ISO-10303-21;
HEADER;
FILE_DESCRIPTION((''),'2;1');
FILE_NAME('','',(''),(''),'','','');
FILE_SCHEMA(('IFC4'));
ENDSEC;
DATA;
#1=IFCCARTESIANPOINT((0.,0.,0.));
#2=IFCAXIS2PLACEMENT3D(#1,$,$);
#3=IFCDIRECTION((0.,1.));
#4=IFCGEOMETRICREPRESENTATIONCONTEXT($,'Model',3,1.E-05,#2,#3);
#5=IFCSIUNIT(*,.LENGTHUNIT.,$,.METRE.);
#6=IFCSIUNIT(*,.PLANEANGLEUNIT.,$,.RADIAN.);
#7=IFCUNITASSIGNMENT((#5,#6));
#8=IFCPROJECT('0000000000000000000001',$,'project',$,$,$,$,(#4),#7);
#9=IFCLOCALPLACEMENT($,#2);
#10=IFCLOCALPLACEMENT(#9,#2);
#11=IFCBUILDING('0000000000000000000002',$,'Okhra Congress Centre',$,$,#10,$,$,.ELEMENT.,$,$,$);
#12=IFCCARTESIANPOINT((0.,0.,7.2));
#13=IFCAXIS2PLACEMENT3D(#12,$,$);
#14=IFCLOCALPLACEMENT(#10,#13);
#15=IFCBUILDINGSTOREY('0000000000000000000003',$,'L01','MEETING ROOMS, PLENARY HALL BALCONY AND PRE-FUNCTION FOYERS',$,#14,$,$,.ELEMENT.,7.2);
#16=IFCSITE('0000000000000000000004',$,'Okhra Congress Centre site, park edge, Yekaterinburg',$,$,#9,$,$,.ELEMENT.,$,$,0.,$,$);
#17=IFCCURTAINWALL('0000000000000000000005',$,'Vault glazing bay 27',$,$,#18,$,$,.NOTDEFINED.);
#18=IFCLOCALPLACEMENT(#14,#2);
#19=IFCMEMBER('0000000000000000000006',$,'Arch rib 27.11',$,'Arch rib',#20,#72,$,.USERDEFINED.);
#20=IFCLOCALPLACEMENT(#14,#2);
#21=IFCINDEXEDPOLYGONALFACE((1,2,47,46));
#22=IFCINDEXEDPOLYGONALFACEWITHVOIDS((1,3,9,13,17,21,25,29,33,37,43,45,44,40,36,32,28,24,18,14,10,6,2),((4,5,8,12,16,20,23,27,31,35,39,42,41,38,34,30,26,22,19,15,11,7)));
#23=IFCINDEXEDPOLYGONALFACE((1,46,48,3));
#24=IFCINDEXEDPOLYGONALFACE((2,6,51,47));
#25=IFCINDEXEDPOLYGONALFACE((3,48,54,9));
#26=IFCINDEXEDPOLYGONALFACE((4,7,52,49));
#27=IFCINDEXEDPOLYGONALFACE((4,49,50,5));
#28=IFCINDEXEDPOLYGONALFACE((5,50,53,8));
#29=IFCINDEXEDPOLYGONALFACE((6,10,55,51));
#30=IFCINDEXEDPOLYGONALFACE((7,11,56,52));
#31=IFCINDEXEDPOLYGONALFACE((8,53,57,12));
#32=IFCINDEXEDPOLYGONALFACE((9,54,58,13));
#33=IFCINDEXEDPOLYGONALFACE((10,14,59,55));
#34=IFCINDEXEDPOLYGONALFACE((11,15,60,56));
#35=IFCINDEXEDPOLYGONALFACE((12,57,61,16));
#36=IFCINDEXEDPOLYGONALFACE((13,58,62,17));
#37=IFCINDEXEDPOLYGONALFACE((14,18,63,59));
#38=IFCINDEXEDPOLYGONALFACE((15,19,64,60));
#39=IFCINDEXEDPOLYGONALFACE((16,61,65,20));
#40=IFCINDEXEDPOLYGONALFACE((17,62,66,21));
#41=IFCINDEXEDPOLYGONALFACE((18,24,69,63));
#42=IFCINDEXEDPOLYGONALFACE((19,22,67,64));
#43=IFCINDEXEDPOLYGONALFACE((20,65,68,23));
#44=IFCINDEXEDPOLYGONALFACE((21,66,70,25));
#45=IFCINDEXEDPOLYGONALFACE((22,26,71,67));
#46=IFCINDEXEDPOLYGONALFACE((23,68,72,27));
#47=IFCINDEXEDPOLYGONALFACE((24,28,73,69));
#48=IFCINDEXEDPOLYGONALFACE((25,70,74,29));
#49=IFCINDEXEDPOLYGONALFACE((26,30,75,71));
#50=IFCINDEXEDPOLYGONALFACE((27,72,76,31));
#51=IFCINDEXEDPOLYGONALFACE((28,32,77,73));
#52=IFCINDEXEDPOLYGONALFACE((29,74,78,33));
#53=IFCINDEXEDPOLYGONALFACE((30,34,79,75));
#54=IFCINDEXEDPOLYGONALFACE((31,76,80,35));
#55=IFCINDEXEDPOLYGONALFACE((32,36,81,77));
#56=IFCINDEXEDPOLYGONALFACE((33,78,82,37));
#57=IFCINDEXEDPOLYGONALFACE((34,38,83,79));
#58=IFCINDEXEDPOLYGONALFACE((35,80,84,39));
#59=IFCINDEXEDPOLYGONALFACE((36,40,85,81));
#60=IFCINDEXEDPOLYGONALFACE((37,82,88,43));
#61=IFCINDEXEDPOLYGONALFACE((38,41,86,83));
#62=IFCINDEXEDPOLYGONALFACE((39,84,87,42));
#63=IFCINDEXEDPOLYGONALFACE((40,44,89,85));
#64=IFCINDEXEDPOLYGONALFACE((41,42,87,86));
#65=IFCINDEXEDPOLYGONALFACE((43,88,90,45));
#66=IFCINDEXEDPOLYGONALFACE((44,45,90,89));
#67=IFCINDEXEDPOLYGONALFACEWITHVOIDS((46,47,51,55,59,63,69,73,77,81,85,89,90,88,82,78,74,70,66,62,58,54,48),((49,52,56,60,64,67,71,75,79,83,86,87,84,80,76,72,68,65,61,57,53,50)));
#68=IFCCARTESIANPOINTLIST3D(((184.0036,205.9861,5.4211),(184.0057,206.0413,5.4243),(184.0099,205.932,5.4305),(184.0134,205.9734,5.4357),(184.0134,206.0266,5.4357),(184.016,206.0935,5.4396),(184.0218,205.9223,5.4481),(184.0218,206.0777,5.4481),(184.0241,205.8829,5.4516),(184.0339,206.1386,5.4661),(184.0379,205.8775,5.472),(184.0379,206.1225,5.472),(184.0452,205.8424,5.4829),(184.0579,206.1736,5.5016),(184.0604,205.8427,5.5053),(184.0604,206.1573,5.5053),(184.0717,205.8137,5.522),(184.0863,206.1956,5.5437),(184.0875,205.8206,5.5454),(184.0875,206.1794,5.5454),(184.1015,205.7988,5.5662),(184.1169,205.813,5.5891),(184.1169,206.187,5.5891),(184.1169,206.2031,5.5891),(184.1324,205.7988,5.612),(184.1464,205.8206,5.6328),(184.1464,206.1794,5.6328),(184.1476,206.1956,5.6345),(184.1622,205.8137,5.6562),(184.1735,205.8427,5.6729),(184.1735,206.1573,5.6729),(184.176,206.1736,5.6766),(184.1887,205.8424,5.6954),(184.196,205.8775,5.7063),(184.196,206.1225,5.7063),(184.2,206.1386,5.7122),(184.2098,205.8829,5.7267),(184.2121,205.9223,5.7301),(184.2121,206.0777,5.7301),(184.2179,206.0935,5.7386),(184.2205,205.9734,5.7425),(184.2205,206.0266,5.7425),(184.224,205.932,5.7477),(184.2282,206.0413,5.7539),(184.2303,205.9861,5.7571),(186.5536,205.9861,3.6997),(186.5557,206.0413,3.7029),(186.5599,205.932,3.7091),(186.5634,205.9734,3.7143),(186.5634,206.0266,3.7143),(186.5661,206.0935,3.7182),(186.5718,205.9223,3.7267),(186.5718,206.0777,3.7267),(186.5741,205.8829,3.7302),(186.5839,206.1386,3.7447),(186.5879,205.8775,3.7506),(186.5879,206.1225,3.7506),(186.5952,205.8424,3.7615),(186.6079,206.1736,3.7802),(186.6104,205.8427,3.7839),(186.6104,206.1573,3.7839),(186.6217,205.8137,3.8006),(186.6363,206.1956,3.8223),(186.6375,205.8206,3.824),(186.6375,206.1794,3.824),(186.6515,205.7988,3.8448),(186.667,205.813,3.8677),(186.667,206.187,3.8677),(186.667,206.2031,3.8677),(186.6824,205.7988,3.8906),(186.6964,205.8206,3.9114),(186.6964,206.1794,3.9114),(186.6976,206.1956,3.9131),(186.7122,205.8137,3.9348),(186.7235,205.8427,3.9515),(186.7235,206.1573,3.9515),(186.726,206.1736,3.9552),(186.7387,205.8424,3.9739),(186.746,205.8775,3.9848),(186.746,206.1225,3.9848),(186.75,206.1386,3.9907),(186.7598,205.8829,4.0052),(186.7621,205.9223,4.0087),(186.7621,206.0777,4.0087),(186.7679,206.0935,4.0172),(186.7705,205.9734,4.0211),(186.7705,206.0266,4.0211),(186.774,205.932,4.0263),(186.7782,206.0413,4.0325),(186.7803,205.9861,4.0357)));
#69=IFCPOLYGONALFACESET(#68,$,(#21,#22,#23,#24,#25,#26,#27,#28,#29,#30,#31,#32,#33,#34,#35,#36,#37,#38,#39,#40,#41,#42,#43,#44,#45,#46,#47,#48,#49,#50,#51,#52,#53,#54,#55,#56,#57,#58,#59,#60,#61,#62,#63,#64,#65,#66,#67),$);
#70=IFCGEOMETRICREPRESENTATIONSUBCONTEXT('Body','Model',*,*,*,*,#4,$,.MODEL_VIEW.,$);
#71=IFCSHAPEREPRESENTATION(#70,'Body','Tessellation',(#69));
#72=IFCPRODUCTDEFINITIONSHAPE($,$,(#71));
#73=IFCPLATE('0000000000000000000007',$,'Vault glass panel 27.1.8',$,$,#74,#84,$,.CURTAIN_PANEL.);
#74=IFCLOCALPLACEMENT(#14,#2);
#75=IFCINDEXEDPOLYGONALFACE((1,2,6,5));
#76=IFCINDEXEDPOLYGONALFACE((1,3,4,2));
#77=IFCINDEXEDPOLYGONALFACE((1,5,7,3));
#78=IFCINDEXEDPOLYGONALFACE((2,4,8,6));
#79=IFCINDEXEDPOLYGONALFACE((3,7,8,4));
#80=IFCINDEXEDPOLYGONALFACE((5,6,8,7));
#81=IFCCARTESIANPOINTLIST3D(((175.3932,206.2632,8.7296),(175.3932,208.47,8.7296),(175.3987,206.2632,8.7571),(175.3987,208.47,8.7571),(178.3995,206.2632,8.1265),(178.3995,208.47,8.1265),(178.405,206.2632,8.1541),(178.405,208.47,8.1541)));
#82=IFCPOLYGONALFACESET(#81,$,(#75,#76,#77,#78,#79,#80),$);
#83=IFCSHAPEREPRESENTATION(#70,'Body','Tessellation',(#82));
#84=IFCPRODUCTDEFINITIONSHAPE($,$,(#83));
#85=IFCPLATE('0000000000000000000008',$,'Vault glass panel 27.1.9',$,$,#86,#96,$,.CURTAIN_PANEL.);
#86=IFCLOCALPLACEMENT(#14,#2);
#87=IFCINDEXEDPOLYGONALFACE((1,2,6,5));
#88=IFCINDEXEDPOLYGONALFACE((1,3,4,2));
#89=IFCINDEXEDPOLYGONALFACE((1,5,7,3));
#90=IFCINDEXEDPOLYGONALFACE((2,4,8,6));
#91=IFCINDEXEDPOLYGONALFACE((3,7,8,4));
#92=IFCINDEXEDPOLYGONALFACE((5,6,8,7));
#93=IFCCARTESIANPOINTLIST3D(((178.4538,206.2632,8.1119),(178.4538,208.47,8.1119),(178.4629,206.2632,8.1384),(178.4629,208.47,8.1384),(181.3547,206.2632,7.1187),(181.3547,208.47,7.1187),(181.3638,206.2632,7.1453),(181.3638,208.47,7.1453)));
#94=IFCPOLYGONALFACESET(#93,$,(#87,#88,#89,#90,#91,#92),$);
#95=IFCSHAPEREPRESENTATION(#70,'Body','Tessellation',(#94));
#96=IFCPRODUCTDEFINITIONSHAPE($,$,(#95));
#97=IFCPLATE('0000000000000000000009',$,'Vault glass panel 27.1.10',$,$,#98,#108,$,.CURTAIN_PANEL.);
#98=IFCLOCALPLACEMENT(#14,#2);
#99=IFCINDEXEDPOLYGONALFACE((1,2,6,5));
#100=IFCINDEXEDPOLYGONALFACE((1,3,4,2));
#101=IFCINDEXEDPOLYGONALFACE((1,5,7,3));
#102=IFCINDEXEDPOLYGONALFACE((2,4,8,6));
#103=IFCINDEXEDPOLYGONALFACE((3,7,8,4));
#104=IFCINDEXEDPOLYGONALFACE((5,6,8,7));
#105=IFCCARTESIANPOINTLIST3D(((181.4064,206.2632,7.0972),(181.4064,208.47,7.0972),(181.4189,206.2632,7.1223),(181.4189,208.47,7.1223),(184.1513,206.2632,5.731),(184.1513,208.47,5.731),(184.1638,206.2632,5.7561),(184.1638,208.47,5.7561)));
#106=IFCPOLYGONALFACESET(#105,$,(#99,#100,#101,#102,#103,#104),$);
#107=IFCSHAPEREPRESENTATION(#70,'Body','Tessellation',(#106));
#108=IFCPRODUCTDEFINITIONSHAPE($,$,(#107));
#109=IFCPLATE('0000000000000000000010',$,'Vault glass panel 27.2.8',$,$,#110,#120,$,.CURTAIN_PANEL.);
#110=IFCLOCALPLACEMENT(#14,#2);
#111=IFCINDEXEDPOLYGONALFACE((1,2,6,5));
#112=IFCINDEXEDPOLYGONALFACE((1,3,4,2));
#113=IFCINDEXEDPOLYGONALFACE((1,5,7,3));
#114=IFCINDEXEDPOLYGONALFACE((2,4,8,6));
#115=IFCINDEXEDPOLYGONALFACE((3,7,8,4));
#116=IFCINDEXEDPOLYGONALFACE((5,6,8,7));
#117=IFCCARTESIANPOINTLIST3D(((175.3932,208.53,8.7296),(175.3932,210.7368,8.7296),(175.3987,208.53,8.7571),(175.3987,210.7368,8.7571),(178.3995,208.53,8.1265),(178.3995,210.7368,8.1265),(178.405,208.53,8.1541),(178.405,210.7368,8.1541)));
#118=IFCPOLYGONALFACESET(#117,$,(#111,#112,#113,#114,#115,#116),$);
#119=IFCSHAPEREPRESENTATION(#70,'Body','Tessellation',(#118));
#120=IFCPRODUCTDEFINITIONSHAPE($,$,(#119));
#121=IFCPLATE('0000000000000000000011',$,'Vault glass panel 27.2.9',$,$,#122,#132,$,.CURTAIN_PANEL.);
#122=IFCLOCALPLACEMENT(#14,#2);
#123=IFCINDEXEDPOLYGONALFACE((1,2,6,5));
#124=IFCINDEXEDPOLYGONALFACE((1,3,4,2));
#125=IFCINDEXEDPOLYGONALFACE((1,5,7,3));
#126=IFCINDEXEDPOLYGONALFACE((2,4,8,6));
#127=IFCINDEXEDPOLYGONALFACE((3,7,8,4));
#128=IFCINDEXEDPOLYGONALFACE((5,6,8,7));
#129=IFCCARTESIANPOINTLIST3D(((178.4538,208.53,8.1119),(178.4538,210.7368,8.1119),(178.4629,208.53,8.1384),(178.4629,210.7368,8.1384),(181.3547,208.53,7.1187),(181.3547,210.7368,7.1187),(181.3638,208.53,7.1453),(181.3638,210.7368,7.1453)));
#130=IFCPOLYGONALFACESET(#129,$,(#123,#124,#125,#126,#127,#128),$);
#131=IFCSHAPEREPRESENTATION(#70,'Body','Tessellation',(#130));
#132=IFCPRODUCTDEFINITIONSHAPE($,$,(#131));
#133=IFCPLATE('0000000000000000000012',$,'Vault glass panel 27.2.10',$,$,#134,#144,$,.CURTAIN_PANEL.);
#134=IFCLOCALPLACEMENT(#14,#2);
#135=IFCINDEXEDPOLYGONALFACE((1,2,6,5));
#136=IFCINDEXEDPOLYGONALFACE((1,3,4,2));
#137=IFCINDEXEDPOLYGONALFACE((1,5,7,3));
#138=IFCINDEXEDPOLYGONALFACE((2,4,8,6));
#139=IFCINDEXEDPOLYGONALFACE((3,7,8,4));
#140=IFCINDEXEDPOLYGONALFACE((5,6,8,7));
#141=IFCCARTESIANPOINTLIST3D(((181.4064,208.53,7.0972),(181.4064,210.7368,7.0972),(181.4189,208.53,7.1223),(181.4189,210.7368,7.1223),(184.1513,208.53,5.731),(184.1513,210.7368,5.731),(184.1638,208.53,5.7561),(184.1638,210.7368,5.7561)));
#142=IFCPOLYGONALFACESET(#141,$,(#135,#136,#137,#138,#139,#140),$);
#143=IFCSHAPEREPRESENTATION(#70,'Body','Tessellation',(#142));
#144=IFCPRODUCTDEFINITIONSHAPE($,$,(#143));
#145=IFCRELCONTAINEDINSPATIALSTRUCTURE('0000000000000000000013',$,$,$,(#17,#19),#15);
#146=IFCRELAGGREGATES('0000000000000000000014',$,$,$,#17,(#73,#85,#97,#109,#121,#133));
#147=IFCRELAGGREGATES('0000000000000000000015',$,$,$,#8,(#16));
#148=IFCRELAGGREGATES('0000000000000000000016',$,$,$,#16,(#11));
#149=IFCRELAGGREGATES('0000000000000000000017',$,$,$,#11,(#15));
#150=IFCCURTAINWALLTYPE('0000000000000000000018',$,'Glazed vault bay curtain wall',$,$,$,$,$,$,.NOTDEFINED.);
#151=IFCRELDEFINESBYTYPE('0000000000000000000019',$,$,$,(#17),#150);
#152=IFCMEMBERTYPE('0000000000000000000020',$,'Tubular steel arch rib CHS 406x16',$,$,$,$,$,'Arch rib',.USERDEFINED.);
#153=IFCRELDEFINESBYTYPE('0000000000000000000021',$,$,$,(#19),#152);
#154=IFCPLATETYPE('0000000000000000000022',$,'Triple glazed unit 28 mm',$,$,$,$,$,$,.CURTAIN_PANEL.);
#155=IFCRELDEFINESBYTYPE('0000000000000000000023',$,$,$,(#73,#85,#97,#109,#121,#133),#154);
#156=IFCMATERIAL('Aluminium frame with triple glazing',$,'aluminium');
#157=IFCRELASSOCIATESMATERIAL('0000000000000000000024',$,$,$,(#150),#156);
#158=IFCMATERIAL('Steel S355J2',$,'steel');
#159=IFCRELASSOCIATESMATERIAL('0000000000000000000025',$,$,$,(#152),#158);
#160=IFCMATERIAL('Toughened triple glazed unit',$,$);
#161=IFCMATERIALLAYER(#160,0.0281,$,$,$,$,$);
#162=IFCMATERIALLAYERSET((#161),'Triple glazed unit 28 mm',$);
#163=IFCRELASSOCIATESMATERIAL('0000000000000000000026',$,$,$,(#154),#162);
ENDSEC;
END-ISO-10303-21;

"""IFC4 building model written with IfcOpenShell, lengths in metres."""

from ifc_helpers import new_model, si_unit, direction, frame, origin, origin_2d, place, context, subcontext, project, spatial, polyline, hollow_circle, outline, extrude, material, layer, layer_set, material_profile, profile_set, type_object, element, aggregate, save


model = new_model("IFC4")

# Units and contexts
model_context = context("Model", 3, precision=1e-05, world=origin(), true_north=direction((0.0, 1.0)))
body_context = subcontext(model_context, "Body", "Model", "MODEL_VIEW")
ifc_project = project(units=[si_unit("LENGTHUNIT", "METRE"), si_unit("PLANEANGLEUNIT", "RADIAN")], contexts=[model_context])

# Site, building, storey
site_placement = place(None, origin())
site = spatial("IfcSite", under=ifc_project, at=site_placement, Name="Okhra Congress Centre site, park edge, Yekaterinburg", CompositionType="ELEMENT", RefElevation=0.0)
building_placement = place(site_placement, origin())
building = spatial("IfcBuilding", under=site, at=building_placement, Name="Okhra Congress Centre", CompositionType="ELEMENT")
storey_placement = place(building_placement, frame((0.0, 0.0, 7.2)))
storey = spatial("IfcBuildingStorey", under=building, at=storey_placement, Name="L01", Description="MEETING ROOMS, PLENARY HALL BALCONY AND PRE-FUNCTION FOYERS", CompositionType="ELEMENT", Elevation=7.2)

# Shared definitions
ifc_material_1 = material(Name="Aluminium frame with triple glazing", Category="aluminium")
curtain_wall_type = type_object("IfcCurtainWallType", Name="Glazed vault bay curtain wall", PredefinedType="NOTDEFINED", material=ifc_material_1)

# Curtain wall
curtain_wall_1_placement = place(storey_placement, origin())
curtain_wall_1 = element("IfcCurtainWall", 1, at=curtain_wall_1_placement, inside=storey, type_object=curtain_wall_type, Name="Vault glazing bay 27", PredefinedType="NOTDEFINED")

# Member
ifc_material_2 = material(Name="Steel S355J2", Category="steel")
ifc_material_profile_1 = material_profile(ifc_material_2, hollow_circle(Radius=0.2031, WallThickness=0.0161, at=origin_2d()), Name="CHS 406.4x16")
ifc_profile_set_1 = profile_set([ifc_material_profile_1], Name="Steel S355J2")
member_type_1 = type_object("IfcMemberType", Name="Tubular steel arch rib CHS 406x16", ElementType="Arch rib", PredefinedType="USERDEFINED", material=ifc_profile_set_1)
member_1_placement = place(storey_placement, frame((184.1169, 206.0, 5.5891), z_axis=(0.828826, 0.0, -0.559507), x_axis=(0.0, 1.0, 0.0)))
element("IfcMember", 2, at=member_1_placement, inside=storey, type_object=member_type_1, Name="Arch rib 27.11", ObjectType="Arch rib", PredefinedType="USERDEFINED", context=body_context, shape_type="SweptSolid", body=[
    extrude(hollow_circle(Radius=0.2031, WallThickness=0.0161, at=origin_2d()), origin(), (0.0, 0.0, 1.0), 3.0767),
])

# Plates
ifc_material_3 = material(Name="Toughened triple glazed unit")
ifc_layer = layer(ifc_material_3, 0.0281)
ifc_layer_set = layer_set([ifc_layer], Name="Triple glazed unit 28 mm")
plate_type = type_object("IfcPlateType", Name="Triple glazed unit 28 mm", PredefinedType="CURTAIN_PANEL", material=ifc_layer_set)
plate_1_placement = place(storey_placement, frame((175.3987, 206.2632, 8.7571), z_axis=(0.196667, 0.0, 0.98047), x_axis=(0.98047, 0.0, -0.196667)))
plate_1 = element("IfcPlate", 3, at=plate_1_placement, type_object=plate_type, Name="Vault glass panel 27.1.8", PredefinedType="CURTAIN_PANEL", context=body_context, shape_type="SweptSolid", body=[
    extrude(outline(polyline([(0.0, 0.0), (3.0662, 0.0), (3.0662, 2.2068), (0.0, 2.2068), (0.0, 0.0)])), origin(), (0.0, 0.0, -1.0), 0.0281),
])
plate_2_placement = place(storey_placement, frame((178.4629, 206.2632, 8.1384), z_axis=(0.323909, 0.0, 0.946088), x_axis=(0.946088, 0.0, -0.323909)))
plate_2 = element("IfcPlate", 4, at=plate_2_placement, type_object=plate_type, Name="Vault glass panel 27.1.9", PredefinedType="CURTAIN_PANEL", context=body_context, shape_type="SweptSolid", body=[
    extrude(outline(polyline([(0.0, 0.0), (3.0662, 0.0), (3.0662, 2.2068), (0.0, 2.2068), (0.0, 0.0)])), origin(), (0.0, 0.0, -1.0), 0.0281),
])
plate_3_placement = place(storey_placement, frame((181.4189, 206.2632, 7.1223), z_axis=(0.445588, 0.0, 0.895238), x_axis=(0.895238, 0.0, -0.445588)))
plate_3 = element("IfcPlate", 5, at=plate_3_placement, type_object=plate_type, Name="Vault glass panel 27.1.10", PredefinedType="CURTAIN_PANEL", context=body_context, shape_type="SweptSolid", body=[
    extrude(outline(polyline([(0.0, 0.0), (3.0661, 0.0), (3.0661, 2.2068), (0.0, 2.2068), (0.0, 0.0)])), origin(), (0.0, 0.0, -1.0), 0.0281),
])
plate_4_placement = place(storey_placement, frame((175.3987, 208.53, 8.7571), z_axis=(0.196667, 0.0, 0.98047), x_axis=(0.98047, 0.0, -0.196667)))
plate_4 = element("IfcPlate", 6, at=plate_4_placement, type_object=plate_type, Name="Vault glass panel 27.2.8", PredefinedType="CURTAIN_PANEL", context=body_context, shape_type="SweptSolid", body=[
    extrude(outline(polyline([(0.0, 0.0), (3.0662, 0.0), (3.0662, 2.2068), (0.0, 2.2068), (0.0, 0.0)])), origin(), (0.0, 0.0, -1.0), 0.0281),
])
plate_5_placement = place(storey_placement, frame((178.4629, 208.53, 8.1384), z_axis=(0.323909, 0.0, 0.946088), x_axis=(0.946088, 0.0, -0.323909)))
plate_5 = element("IfcPlate", 7, at=plate_5_placement, type_object=plate_type, Name="Vault glass panel 27.2.9", PredefinedType="CURTAIN_PANEL", context=body_context, shape_type="SweptSolid", body=[
    extrude(outline(polyline([(0.0, 0.0), (3.0662, 0.0), (3.0662, 2.2068), (0.0, 2.2068), (0.0, 0.0)])), origin(), (0.0, 0.0, -1.0), 0.0281),
])
plate_6_placement = place(storey_placement, frame((181.4189, 208.53, 7.1223), z_axis=(0.445588, 0.0, 0.895238), x_axis=(0.895238, 0.0, -0.445588)))
plate_6 = element("IfcPlate", 8, at=plate_6_placement, type_object=plate_type, Name="Vault glass panel 27.2.10", PredefinedType="CURTAIN_PANEL", context=body_context, shape_type="SweptSolid", body=[
    extrude(outline(polyline([(0.0, 0.0), (3.0661, 0.0), (3.0661, 2.2068), (0.0, 2.2068), (0.0, 0.0)])), origin(), (0.0, 0.0, -1.0), 0.0281),
])
aggregate(curtain_wall_1, [plate_1, plate_2, plate_3, plate_4, plate_5, plate_6])

save(model, "model.ifc")
